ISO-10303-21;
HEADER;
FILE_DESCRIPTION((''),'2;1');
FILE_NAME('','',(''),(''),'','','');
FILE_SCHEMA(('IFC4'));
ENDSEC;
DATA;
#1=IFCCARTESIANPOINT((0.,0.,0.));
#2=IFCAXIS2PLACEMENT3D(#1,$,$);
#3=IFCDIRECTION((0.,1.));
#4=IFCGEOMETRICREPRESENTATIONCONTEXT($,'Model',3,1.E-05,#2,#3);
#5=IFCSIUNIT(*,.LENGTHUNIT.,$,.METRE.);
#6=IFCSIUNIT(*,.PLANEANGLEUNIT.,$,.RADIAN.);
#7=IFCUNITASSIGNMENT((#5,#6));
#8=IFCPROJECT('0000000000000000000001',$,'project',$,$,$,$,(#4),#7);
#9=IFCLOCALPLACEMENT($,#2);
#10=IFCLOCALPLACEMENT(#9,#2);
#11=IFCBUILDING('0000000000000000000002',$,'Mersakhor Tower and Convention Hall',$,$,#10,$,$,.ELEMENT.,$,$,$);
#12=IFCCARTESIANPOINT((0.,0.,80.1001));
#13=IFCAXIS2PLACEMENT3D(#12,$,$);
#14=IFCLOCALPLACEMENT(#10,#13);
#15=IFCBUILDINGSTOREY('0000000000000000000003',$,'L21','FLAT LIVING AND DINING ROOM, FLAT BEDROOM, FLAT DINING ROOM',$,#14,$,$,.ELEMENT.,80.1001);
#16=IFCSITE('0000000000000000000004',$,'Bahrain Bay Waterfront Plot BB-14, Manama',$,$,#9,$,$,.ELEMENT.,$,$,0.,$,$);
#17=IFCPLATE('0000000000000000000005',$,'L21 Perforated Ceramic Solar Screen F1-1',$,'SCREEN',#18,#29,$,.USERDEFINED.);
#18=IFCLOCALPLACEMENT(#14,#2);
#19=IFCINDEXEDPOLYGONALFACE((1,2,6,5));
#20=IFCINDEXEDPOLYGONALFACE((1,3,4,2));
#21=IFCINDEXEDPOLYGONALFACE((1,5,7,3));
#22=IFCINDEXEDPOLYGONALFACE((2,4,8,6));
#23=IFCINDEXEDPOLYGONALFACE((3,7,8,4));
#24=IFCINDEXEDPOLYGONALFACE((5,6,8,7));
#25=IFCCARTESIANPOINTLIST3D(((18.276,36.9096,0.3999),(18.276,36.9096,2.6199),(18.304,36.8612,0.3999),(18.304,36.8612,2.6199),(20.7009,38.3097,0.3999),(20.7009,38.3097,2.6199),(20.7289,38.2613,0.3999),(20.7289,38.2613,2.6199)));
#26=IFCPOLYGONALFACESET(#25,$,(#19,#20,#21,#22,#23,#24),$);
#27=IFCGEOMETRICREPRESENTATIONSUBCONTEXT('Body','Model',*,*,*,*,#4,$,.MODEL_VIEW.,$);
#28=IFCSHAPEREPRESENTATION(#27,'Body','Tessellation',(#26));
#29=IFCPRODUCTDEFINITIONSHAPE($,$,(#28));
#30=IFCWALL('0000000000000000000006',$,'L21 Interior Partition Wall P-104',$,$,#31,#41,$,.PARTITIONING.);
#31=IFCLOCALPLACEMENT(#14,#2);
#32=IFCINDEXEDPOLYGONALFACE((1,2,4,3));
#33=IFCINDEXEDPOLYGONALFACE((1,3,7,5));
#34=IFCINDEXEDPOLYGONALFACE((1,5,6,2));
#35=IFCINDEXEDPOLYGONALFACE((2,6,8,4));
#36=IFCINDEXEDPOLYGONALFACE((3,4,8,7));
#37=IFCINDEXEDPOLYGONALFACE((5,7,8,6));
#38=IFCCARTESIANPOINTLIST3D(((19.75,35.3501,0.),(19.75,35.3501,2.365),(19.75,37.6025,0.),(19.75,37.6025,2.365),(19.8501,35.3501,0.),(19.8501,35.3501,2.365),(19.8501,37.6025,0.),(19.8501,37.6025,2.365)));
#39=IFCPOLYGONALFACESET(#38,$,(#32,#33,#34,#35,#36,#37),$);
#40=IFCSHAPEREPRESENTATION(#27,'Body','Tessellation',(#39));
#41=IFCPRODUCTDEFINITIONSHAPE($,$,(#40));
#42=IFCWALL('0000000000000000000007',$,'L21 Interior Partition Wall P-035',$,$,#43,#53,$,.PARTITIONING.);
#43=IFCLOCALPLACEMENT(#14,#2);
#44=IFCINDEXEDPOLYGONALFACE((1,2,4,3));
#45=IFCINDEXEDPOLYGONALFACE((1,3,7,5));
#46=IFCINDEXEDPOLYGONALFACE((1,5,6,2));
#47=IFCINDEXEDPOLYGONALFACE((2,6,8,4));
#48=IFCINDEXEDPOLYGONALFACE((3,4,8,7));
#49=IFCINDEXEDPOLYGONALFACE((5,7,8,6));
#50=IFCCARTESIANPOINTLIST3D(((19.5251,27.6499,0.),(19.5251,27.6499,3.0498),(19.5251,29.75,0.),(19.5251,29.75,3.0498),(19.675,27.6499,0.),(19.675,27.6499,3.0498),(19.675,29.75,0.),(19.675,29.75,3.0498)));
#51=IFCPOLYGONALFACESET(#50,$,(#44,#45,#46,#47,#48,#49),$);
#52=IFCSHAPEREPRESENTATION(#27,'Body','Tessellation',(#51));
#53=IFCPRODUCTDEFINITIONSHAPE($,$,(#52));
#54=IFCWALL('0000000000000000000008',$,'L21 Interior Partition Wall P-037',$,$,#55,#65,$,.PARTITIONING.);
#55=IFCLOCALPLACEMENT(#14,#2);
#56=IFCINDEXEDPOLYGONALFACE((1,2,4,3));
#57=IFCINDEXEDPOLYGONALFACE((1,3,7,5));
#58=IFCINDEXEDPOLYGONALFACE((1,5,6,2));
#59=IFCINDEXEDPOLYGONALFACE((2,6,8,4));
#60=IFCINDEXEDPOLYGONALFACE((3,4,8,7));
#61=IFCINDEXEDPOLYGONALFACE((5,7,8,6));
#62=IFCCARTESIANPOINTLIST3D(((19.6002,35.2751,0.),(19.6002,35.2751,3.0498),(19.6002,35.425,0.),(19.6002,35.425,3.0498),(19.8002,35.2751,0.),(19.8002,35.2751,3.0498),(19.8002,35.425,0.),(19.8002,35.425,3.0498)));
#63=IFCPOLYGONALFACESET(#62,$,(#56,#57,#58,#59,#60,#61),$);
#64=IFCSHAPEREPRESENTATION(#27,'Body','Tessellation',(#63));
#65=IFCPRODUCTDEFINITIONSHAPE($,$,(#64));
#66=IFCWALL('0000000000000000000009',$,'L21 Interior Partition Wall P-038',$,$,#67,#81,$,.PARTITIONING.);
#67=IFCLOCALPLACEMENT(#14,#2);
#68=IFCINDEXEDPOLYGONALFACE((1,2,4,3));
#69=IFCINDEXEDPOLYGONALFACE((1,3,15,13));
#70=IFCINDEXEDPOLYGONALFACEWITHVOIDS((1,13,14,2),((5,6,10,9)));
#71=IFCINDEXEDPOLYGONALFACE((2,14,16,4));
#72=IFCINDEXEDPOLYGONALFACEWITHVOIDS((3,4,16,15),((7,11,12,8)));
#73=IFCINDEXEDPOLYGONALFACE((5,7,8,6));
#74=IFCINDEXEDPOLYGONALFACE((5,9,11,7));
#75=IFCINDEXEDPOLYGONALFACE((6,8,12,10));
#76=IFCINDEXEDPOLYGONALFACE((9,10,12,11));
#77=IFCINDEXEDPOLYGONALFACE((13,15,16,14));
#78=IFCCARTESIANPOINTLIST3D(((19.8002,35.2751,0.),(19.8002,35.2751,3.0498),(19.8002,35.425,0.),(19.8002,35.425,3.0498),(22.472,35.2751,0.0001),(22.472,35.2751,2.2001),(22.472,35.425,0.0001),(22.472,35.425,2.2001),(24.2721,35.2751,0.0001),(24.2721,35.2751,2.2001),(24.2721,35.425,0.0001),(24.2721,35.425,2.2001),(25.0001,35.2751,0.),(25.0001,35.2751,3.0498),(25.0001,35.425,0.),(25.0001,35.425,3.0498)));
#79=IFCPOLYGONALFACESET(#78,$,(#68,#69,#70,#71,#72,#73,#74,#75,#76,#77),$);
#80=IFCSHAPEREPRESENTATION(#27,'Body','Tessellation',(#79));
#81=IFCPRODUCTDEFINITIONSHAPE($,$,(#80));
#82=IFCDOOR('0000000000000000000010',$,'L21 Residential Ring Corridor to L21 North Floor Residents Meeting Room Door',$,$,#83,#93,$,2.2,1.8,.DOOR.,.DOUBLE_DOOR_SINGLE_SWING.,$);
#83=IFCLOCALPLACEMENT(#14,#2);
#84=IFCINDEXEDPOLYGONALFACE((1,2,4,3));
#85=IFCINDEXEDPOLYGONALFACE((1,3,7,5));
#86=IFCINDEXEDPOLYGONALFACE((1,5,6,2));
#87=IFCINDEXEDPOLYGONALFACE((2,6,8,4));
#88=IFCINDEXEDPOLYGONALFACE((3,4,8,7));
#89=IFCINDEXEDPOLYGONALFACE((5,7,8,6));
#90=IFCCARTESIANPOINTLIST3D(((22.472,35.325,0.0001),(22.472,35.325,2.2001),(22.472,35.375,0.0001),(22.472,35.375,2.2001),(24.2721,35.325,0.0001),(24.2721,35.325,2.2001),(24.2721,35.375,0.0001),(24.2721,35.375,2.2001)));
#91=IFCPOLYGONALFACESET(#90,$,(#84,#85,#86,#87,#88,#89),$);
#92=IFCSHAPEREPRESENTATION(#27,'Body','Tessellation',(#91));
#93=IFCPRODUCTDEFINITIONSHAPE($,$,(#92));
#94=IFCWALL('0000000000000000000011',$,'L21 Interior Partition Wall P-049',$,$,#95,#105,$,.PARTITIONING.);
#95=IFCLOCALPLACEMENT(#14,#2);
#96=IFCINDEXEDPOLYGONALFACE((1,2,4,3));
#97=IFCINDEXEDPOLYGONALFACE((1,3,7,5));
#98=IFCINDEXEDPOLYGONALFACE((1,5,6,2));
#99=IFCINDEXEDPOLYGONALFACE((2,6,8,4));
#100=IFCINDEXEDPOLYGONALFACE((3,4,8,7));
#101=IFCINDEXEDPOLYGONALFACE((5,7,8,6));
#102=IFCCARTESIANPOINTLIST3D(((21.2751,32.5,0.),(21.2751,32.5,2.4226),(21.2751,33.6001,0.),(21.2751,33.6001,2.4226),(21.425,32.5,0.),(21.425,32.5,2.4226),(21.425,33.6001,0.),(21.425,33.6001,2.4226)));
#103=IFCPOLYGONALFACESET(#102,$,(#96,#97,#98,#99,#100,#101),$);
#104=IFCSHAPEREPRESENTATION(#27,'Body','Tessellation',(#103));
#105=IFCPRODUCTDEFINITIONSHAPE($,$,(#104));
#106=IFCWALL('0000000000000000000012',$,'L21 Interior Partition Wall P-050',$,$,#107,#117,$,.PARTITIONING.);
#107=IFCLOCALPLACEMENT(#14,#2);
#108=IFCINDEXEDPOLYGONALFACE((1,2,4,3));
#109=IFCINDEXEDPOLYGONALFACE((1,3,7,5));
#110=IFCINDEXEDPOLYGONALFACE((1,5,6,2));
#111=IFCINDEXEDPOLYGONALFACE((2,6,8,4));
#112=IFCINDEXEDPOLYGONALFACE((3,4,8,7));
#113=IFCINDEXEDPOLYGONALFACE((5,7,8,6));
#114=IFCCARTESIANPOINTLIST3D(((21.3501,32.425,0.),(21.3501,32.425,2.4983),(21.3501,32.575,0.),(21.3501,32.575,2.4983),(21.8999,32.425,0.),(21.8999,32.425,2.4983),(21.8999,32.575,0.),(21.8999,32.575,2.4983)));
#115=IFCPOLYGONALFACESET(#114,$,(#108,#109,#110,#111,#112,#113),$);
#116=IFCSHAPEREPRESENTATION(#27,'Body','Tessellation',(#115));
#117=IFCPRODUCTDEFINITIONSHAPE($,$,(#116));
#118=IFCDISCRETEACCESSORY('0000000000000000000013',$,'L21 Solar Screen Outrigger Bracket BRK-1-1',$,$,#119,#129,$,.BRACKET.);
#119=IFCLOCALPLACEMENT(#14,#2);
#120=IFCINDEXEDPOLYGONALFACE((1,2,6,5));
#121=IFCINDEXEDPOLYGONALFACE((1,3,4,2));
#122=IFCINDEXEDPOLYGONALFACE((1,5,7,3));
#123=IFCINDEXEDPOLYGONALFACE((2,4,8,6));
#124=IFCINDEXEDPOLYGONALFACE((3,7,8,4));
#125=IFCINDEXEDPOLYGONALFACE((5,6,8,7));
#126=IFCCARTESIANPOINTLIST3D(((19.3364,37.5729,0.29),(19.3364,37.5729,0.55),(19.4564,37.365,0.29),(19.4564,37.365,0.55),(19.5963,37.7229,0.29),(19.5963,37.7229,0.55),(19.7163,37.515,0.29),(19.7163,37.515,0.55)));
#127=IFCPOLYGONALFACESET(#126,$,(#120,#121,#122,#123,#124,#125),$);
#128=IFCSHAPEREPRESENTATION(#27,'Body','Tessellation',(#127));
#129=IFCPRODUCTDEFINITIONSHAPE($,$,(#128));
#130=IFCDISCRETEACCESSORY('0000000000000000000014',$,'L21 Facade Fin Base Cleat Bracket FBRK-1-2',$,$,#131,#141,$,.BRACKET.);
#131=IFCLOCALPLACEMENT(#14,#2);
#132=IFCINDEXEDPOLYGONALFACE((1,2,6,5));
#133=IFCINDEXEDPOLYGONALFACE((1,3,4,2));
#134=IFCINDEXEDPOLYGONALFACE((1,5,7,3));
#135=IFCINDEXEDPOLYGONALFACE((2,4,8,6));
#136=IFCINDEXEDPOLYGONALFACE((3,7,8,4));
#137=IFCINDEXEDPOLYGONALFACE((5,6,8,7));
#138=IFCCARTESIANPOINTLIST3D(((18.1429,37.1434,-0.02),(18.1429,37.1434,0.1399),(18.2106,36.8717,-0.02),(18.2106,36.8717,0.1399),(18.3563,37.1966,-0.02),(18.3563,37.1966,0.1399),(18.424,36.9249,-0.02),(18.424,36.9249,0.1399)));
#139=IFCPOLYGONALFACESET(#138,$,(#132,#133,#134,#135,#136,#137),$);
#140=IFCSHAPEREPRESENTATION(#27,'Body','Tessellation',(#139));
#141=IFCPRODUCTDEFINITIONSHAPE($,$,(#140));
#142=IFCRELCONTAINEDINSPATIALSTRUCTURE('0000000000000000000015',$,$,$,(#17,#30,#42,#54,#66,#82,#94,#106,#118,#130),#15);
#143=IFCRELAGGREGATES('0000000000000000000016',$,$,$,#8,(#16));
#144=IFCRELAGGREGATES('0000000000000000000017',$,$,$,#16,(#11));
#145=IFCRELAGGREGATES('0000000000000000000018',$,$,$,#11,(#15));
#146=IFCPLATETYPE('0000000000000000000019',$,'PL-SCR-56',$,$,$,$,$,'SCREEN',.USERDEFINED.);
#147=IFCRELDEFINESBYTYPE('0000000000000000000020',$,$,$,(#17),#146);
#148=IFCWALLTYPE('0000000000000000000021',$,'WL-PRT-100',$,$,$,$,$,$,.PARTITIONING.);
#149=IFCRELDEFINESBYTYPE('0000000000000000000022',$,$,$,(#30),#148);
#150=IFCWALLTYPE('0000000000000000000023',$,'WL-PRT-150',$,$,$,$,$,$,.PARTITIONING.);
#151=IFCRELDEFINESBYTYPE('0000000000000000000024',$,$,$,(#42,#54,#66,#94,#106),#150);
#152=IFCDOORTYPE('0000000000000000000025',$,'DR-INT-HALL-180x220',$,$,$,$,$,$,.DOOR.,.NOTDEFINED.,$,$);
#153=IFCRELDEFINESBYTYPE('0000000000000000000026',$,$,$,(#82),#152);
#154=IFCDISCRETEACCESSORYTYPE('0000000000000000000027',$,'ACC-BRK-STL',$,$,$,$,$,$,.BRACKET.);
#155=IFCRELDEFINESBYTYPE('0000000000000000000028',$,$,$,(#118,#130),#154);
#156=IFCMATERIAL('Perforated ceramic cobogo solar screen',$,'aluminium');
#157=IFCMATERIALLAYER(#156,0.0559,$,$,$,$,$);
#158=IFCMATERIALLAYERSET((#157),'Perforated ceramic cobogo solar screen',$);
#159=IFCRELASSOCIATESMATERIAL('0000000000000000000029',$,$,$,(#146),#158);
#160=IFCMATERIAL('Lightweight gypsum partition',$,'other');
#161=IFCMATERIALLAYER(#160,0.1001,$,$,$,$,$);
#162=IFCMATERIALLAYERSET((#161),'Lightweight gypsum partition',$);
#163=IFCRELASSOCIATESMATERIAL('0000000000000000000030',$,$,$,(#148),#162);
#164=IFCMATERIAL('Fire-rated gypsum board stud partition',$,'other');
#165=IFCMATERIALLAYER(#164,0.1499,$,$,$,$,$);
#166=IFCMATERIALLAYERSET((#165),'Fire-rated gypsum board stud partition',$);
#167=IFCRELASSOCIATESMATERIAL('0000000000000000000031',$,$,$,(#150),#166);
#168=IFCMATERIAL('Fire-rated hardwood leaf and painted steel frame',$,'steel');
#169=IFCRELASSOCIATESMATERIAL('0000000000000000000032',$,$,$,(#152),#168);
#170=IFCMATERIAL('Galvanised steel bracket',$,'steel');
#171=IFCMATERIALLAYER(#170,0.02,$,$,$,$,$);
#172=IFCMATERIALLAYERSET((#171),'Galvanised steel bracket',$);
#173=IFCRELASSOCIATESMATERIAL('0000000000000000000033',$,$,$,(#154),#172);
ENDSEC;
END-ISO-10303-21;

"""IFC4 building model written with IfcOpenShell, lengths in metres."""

from ifc_helpers import new_model, si_unit, direction, frame, frame_2d, origin, origin_2d, place, context, subcontext, project, spatial, rectangle, extrude, material, layer, layer_set, type_object, element, fill, save


model = new_model("IFC4")

# Units and contexts
model_context = context("Model", 3, precision=1e-05, world=origin(), true_north=direction((0.0, 1.0)))
body_context = subcontext(model_context, "Body", "Model", "MODEL_VIEW")
ifc_project = project(units=[si_unit("LENGTHUNIT", "METRE"), si_unit("PLANEANGLEUNIT", "RADIAN")], contexts=[model_context])

# Site, building, storey
site_placement = place(None, origin())
site = spatial("IfcSite", under=ifc_project, at=site_placement, Name="Bahrain Bay Waterfront Plot BB-14, Manama", CompositionType="ELEMENT", RefElevation=0.0)
building_placement = place(site_placement, origin())
building = spatial("IfcBuilding", under=site, at=building_placement, Name="Mersakhor Tower and Convention Hall", CompositionType="ELEMENT")
storey_placement = place(building_placement, frame((0.0, 0.0, 80.1001)))
storey = spatial("IfcBuildingStorey", under=building, at=storey_placement, Name="L21", Description="FLAT LIVING AND DINING ROOM, FLAT BEDROOM, FLAT DINING ROOM", CompositionType="ELEMENT", Elevation=80.1001)

# Plate
ifc_material_1 = material(Name="Perforated ceramic cobogo solar screen", Category="aluminium")
ifc_layer_1 = layer(ifc_material_1, 0.0559)
ifc_layer_set_1 = layer_set([ifc_layer_1], Name="Perforated ceramic cobogo solar screen")
plate_type_1 = type_object("IfcPlateType", Name="PL-SCR-56", ElementType="SCREEN", PredefinedType="USERDEFINED", material=ifc_layer_set_1)
plate_1_placement = place(storey_placement, frame((19.5024, 37.5854, 0.3999), z_axis=(0.0, 0.0, 1.0), x_axis=(0.866025, 0.5, 0.0)))
element("IfcPlate", 1, at=plate_1_placement, inside=storey, type_object=plate_type_1, Name="L21 Perforated Ceramic Solar Screen F1-1", ObjectType="SCREEN", PredefinedType="USERDEFINED", context=body_context, shape_type="SweptSolid", body=[
    extrude(rectangle(XDim=2.8, YDim=0.0559, at=origin_2d()), origin(), (0.0, 0.0, 1.0), 2.22),
])

# Walls
ifc_material_2 = material(Name="Lightweight gypsum partition", Category="other")
ifc_layer_2 = layer(ifc_material_2, 0.1001)
ifc_layer_set_2 = layer_set([ifc_layer_2], Name="Lightweight gypsum partition")
wall_type_1 = type_object("IfcWallType", Name="WL-PRT-100", PredefinedType="PARTITIONING", material=ifc_layer_set_2)
wall_1_placement = place(storey_placement, frame((19.8, 35.3501, 0.0), z_axis=(0.0, 0.0, 1.0), x_axis=(0.0, 1.0, 0.0)))
element("IfcWall", 2, at=wall_1_placement, inside=storey, type_object=wall_type_1, Name="L21 Interior Partition Wall P-104", PredefinedType="PARTITIONING", context=body_context, shape_type="SweptSolid", body=[
    extrude(rectangle(XDim=2.2524, YDim=0.1001, at=frame_2d((1.1262, 0.0))), origin(), (0.0, 0.0, 1.0), 2.365),
])
ifc_material_3 = material(Name="Fire-rated gypsum board stud partition", Category="other")
ifc_layer_3 = layer(ifc_material_3, 0.1499)
ifc_layer_set_3 = layer_set([ifc_layer_3], Name="Fire-rated gypsum board stud partition")
wall_type_2 = type_object("IfcWallType", Name="WL-PRT-150", PredefinedType="PARTITIONING", material=ifc_layer_set_3)
wall_2_placement = place(storey_placement, frame((19.6001, 27.6499, 0.0), z_axis=(0.0, 0.0, 1.0), x_axis=(0.0, 1.0, 0.0)))
element("IfcWall", 3, at=wall_2_placement, inside=storey, type_object=wall_type_2, Name="L21 Interior Partition Wall P-035", PredefinedType="PARTITIONING", context=body_context, shape_type="SweptSolid", body=[
    extrude(rectangle(XDim=2.1001, YDim=0.1499, at=frame_2d((1.05, 0.0))), origin(), (0.0, 0.0, 1.0), 3.0498),
])

# Wall
wall_3_placement = place(storey_placement, frame((19.6001, 35.3501, 0.0), z_axis=(0.0, 0.0, 1.0), x_axis=(1.0, 0.0, 0.0)))
element("IfcWall", 4, at=wall_3_placement, inside=storey, type_object=wall_type_2, Name="L21 Interior Partition Wall P-037", PredefinedType="PARTITIONING", context=body_context, shape_type="SweptSolid", body=[
    extrude(rectangle(XDim=0.2, YDim=0.1499, at=frame_2d((0.1001, 0.0))), origin(), (0.0, 0.0, 1.0), 3.0498),
])

# Wall, opening, door
wall_4_placement = place(storey_placement, frame((19.8, 35.3501, 0.0), z_axis=(0.0, 0.0, 1.0), x_axis=(1.0, 0.0, 0.0)))
wall_4 = element("IfcWall", 5, at=wall_4_placement, inside=storey, type_object=wall_type_2, Name="L21 Interior Partition Wall P-038", PredefinedType="PARTITIONING", context=body_context, shape_type="SweptSolid", body=[
    extrude(rectangle(XDim=5.2, YDim=0.1499, at=frame_2d((2.6001, 0.0))), origin(), (0.0, 0.0, 1.0), 3.0498),
])
opening_1_placement = place(wall_4_placement, frame((2.6721, 0.0, 0.0)))
opening_1 = element("IfcOpeningElement", 6, at=opening_1_placement, cuts=wall_4, PredefinedType="OPENING", context=body_context, shape_type="SweptSolid", body=[
    extrude(rectangle(XDim=1.8, YDim=2.2, at=frame_2d((0.8999, 1.1001))), frame((0.0, 0.085, 0.0), z_axis=(0.0, -1.0, 0.0), x_axis=(1.0, 0.0, 0.0)), (0.0, 0.0, 1.0), 0.1699),
])
ifc_material_4 = material(Name="Fire-rated hardwood leaf and painted steel frame", Category="steel")
door_type_1 = type_object("IfcDoorType", Name="DR-INT-HALL-180x220", OperationType="NOTDEFINED", PredefinedType="DOOR", material=ifc_material_4)
door_1_placement = place(opening_1_placement, origin())
door_1 = element("IfcDoor", 7, at=door_1_placement, inside=storey, type_object=door_type_1, Name="L21 Residential Ring Corridor to L21 North Floor Residents Meeting Room Door", OperationType="DOUBLE_DOOR_SINGLE_SWING", OverallHeight=2.2, OverallWidth=1.8, PredefinedType="DOOR", context=body_context, shape_type="SweptSolid", body=[
    extrude(rectangle(XDim=1.8, YDim=2.2, at=frame_2d((0.8999, 1.1001))), frame((0.0, 0.0249, 0.0), z_axis=(0.0, -1.0, 0.0), x_axis=(1.0, 0.0, 0.0)), (0.0, 0.0, 1.0), 0.05),
])
fill(opening_1, door_1)

# Walls
wall_5_placement = place(storey_placement, frame((21.3501, 33.6001, 0.0), z_axis=(0.0, 0.0, 1.0), x_axis=(0.0, -1.0, 0.0)))
element("IfcWall", 8, at=wall_5_placement, inside=storey, type_object=wall_type_2, Name="L21 Interior Partition Wall P-049", PredefinedType="PARTITIONING", context=body_context, shape_type="SweptSolid", body=[
    extrude(rectangle(XDim=1.1001, YDim=0.1499, at=frame_2d((0.55, 0.0))), origin(), (0.0, 0.0, 1.0), 2.4226),
])
wall_6_placement = place(storey_placement, frame((21.3501, 32.5, 0.0), z_axis=(0.0, 0.0, 1.0), x_axis=(1.0, 0.0, 0.0)))
element("IfcWall", 9, at=wall_6_placement, inside=storey, type_object=wall_type_2, Name="L21 Interior Partition Wall P-050", PredefinedType="PARTITIONING", context=body_context, shape_type="SweptSolid", body=[
    extrude(rectangle(XDim=0.5498, YDim=0.1499, at=frame_2d((0.2749, 0.0))), origin(), (0.0, 0.0, 1.0), 2.4983),
])

# Discrete accessories
ifc_material_5 = material(Name="Galvanised steel bracket", Category="steel")
ifc_layer_4 = layer(ifc_material_5, 0.02)
ifc_layer_set_4 = layer_set([ifc_layer_4], Name="Galvanised steel bracket")
discrete_accessory_type = type_object("IfcDiscreteAccessoryType", Name="ACC-BRK-STL", PredefinedType="BRACKET", material=ifc_layer_set_4)
discrete_accessory_1_placement = place(storey_placement, frame((19.5264, 37.5439, 0.29), z_axis=(0.0, 0.0, 1.0), x_axis=(0.866025, 0.5, 0.0)))
element("IfcDiscreteAccessory", 10, at=discrete_accessory_1_placement, inside=storey, type_object=discrete_accessory_type, Name="L21 Solar Screen Outrigger Bracket BRK-1-1", PredefinedType="BRACKET", context=body_context, shape_type="SweptSolid", body=[
    extrude(rectangle(XDim=0.3, YDim=0.24, at=origin_2d()), origin(), (0.0, 0.0, 1.0), 0.26),
])
discrete_accessory_2_placement = place(storey_placement, frame((18.2834, 37.0342, -0.02), z_axis=(0.0, 0.0, 1.0), x_axis=(-0.241922, 0.970296, 0.0)))
element("IfcDiscreteAccessory", 11, at=discrete_accessory_2_placement, inside=storey, type_object=discrete_accessory_type, Name="L21 Facade Fin Base Cleat Bracket FBRK-1-2", PredefinedType="BRACKET", context=body_context, shape_type="SweptSolid", body=[
    extrude(rectangle(XDim=0.28, YDim=0.22, at=origin_2d()), origin(), (0.0, 0.0, 1.0), 0.1599),
])

save(model, "model.ifc")
